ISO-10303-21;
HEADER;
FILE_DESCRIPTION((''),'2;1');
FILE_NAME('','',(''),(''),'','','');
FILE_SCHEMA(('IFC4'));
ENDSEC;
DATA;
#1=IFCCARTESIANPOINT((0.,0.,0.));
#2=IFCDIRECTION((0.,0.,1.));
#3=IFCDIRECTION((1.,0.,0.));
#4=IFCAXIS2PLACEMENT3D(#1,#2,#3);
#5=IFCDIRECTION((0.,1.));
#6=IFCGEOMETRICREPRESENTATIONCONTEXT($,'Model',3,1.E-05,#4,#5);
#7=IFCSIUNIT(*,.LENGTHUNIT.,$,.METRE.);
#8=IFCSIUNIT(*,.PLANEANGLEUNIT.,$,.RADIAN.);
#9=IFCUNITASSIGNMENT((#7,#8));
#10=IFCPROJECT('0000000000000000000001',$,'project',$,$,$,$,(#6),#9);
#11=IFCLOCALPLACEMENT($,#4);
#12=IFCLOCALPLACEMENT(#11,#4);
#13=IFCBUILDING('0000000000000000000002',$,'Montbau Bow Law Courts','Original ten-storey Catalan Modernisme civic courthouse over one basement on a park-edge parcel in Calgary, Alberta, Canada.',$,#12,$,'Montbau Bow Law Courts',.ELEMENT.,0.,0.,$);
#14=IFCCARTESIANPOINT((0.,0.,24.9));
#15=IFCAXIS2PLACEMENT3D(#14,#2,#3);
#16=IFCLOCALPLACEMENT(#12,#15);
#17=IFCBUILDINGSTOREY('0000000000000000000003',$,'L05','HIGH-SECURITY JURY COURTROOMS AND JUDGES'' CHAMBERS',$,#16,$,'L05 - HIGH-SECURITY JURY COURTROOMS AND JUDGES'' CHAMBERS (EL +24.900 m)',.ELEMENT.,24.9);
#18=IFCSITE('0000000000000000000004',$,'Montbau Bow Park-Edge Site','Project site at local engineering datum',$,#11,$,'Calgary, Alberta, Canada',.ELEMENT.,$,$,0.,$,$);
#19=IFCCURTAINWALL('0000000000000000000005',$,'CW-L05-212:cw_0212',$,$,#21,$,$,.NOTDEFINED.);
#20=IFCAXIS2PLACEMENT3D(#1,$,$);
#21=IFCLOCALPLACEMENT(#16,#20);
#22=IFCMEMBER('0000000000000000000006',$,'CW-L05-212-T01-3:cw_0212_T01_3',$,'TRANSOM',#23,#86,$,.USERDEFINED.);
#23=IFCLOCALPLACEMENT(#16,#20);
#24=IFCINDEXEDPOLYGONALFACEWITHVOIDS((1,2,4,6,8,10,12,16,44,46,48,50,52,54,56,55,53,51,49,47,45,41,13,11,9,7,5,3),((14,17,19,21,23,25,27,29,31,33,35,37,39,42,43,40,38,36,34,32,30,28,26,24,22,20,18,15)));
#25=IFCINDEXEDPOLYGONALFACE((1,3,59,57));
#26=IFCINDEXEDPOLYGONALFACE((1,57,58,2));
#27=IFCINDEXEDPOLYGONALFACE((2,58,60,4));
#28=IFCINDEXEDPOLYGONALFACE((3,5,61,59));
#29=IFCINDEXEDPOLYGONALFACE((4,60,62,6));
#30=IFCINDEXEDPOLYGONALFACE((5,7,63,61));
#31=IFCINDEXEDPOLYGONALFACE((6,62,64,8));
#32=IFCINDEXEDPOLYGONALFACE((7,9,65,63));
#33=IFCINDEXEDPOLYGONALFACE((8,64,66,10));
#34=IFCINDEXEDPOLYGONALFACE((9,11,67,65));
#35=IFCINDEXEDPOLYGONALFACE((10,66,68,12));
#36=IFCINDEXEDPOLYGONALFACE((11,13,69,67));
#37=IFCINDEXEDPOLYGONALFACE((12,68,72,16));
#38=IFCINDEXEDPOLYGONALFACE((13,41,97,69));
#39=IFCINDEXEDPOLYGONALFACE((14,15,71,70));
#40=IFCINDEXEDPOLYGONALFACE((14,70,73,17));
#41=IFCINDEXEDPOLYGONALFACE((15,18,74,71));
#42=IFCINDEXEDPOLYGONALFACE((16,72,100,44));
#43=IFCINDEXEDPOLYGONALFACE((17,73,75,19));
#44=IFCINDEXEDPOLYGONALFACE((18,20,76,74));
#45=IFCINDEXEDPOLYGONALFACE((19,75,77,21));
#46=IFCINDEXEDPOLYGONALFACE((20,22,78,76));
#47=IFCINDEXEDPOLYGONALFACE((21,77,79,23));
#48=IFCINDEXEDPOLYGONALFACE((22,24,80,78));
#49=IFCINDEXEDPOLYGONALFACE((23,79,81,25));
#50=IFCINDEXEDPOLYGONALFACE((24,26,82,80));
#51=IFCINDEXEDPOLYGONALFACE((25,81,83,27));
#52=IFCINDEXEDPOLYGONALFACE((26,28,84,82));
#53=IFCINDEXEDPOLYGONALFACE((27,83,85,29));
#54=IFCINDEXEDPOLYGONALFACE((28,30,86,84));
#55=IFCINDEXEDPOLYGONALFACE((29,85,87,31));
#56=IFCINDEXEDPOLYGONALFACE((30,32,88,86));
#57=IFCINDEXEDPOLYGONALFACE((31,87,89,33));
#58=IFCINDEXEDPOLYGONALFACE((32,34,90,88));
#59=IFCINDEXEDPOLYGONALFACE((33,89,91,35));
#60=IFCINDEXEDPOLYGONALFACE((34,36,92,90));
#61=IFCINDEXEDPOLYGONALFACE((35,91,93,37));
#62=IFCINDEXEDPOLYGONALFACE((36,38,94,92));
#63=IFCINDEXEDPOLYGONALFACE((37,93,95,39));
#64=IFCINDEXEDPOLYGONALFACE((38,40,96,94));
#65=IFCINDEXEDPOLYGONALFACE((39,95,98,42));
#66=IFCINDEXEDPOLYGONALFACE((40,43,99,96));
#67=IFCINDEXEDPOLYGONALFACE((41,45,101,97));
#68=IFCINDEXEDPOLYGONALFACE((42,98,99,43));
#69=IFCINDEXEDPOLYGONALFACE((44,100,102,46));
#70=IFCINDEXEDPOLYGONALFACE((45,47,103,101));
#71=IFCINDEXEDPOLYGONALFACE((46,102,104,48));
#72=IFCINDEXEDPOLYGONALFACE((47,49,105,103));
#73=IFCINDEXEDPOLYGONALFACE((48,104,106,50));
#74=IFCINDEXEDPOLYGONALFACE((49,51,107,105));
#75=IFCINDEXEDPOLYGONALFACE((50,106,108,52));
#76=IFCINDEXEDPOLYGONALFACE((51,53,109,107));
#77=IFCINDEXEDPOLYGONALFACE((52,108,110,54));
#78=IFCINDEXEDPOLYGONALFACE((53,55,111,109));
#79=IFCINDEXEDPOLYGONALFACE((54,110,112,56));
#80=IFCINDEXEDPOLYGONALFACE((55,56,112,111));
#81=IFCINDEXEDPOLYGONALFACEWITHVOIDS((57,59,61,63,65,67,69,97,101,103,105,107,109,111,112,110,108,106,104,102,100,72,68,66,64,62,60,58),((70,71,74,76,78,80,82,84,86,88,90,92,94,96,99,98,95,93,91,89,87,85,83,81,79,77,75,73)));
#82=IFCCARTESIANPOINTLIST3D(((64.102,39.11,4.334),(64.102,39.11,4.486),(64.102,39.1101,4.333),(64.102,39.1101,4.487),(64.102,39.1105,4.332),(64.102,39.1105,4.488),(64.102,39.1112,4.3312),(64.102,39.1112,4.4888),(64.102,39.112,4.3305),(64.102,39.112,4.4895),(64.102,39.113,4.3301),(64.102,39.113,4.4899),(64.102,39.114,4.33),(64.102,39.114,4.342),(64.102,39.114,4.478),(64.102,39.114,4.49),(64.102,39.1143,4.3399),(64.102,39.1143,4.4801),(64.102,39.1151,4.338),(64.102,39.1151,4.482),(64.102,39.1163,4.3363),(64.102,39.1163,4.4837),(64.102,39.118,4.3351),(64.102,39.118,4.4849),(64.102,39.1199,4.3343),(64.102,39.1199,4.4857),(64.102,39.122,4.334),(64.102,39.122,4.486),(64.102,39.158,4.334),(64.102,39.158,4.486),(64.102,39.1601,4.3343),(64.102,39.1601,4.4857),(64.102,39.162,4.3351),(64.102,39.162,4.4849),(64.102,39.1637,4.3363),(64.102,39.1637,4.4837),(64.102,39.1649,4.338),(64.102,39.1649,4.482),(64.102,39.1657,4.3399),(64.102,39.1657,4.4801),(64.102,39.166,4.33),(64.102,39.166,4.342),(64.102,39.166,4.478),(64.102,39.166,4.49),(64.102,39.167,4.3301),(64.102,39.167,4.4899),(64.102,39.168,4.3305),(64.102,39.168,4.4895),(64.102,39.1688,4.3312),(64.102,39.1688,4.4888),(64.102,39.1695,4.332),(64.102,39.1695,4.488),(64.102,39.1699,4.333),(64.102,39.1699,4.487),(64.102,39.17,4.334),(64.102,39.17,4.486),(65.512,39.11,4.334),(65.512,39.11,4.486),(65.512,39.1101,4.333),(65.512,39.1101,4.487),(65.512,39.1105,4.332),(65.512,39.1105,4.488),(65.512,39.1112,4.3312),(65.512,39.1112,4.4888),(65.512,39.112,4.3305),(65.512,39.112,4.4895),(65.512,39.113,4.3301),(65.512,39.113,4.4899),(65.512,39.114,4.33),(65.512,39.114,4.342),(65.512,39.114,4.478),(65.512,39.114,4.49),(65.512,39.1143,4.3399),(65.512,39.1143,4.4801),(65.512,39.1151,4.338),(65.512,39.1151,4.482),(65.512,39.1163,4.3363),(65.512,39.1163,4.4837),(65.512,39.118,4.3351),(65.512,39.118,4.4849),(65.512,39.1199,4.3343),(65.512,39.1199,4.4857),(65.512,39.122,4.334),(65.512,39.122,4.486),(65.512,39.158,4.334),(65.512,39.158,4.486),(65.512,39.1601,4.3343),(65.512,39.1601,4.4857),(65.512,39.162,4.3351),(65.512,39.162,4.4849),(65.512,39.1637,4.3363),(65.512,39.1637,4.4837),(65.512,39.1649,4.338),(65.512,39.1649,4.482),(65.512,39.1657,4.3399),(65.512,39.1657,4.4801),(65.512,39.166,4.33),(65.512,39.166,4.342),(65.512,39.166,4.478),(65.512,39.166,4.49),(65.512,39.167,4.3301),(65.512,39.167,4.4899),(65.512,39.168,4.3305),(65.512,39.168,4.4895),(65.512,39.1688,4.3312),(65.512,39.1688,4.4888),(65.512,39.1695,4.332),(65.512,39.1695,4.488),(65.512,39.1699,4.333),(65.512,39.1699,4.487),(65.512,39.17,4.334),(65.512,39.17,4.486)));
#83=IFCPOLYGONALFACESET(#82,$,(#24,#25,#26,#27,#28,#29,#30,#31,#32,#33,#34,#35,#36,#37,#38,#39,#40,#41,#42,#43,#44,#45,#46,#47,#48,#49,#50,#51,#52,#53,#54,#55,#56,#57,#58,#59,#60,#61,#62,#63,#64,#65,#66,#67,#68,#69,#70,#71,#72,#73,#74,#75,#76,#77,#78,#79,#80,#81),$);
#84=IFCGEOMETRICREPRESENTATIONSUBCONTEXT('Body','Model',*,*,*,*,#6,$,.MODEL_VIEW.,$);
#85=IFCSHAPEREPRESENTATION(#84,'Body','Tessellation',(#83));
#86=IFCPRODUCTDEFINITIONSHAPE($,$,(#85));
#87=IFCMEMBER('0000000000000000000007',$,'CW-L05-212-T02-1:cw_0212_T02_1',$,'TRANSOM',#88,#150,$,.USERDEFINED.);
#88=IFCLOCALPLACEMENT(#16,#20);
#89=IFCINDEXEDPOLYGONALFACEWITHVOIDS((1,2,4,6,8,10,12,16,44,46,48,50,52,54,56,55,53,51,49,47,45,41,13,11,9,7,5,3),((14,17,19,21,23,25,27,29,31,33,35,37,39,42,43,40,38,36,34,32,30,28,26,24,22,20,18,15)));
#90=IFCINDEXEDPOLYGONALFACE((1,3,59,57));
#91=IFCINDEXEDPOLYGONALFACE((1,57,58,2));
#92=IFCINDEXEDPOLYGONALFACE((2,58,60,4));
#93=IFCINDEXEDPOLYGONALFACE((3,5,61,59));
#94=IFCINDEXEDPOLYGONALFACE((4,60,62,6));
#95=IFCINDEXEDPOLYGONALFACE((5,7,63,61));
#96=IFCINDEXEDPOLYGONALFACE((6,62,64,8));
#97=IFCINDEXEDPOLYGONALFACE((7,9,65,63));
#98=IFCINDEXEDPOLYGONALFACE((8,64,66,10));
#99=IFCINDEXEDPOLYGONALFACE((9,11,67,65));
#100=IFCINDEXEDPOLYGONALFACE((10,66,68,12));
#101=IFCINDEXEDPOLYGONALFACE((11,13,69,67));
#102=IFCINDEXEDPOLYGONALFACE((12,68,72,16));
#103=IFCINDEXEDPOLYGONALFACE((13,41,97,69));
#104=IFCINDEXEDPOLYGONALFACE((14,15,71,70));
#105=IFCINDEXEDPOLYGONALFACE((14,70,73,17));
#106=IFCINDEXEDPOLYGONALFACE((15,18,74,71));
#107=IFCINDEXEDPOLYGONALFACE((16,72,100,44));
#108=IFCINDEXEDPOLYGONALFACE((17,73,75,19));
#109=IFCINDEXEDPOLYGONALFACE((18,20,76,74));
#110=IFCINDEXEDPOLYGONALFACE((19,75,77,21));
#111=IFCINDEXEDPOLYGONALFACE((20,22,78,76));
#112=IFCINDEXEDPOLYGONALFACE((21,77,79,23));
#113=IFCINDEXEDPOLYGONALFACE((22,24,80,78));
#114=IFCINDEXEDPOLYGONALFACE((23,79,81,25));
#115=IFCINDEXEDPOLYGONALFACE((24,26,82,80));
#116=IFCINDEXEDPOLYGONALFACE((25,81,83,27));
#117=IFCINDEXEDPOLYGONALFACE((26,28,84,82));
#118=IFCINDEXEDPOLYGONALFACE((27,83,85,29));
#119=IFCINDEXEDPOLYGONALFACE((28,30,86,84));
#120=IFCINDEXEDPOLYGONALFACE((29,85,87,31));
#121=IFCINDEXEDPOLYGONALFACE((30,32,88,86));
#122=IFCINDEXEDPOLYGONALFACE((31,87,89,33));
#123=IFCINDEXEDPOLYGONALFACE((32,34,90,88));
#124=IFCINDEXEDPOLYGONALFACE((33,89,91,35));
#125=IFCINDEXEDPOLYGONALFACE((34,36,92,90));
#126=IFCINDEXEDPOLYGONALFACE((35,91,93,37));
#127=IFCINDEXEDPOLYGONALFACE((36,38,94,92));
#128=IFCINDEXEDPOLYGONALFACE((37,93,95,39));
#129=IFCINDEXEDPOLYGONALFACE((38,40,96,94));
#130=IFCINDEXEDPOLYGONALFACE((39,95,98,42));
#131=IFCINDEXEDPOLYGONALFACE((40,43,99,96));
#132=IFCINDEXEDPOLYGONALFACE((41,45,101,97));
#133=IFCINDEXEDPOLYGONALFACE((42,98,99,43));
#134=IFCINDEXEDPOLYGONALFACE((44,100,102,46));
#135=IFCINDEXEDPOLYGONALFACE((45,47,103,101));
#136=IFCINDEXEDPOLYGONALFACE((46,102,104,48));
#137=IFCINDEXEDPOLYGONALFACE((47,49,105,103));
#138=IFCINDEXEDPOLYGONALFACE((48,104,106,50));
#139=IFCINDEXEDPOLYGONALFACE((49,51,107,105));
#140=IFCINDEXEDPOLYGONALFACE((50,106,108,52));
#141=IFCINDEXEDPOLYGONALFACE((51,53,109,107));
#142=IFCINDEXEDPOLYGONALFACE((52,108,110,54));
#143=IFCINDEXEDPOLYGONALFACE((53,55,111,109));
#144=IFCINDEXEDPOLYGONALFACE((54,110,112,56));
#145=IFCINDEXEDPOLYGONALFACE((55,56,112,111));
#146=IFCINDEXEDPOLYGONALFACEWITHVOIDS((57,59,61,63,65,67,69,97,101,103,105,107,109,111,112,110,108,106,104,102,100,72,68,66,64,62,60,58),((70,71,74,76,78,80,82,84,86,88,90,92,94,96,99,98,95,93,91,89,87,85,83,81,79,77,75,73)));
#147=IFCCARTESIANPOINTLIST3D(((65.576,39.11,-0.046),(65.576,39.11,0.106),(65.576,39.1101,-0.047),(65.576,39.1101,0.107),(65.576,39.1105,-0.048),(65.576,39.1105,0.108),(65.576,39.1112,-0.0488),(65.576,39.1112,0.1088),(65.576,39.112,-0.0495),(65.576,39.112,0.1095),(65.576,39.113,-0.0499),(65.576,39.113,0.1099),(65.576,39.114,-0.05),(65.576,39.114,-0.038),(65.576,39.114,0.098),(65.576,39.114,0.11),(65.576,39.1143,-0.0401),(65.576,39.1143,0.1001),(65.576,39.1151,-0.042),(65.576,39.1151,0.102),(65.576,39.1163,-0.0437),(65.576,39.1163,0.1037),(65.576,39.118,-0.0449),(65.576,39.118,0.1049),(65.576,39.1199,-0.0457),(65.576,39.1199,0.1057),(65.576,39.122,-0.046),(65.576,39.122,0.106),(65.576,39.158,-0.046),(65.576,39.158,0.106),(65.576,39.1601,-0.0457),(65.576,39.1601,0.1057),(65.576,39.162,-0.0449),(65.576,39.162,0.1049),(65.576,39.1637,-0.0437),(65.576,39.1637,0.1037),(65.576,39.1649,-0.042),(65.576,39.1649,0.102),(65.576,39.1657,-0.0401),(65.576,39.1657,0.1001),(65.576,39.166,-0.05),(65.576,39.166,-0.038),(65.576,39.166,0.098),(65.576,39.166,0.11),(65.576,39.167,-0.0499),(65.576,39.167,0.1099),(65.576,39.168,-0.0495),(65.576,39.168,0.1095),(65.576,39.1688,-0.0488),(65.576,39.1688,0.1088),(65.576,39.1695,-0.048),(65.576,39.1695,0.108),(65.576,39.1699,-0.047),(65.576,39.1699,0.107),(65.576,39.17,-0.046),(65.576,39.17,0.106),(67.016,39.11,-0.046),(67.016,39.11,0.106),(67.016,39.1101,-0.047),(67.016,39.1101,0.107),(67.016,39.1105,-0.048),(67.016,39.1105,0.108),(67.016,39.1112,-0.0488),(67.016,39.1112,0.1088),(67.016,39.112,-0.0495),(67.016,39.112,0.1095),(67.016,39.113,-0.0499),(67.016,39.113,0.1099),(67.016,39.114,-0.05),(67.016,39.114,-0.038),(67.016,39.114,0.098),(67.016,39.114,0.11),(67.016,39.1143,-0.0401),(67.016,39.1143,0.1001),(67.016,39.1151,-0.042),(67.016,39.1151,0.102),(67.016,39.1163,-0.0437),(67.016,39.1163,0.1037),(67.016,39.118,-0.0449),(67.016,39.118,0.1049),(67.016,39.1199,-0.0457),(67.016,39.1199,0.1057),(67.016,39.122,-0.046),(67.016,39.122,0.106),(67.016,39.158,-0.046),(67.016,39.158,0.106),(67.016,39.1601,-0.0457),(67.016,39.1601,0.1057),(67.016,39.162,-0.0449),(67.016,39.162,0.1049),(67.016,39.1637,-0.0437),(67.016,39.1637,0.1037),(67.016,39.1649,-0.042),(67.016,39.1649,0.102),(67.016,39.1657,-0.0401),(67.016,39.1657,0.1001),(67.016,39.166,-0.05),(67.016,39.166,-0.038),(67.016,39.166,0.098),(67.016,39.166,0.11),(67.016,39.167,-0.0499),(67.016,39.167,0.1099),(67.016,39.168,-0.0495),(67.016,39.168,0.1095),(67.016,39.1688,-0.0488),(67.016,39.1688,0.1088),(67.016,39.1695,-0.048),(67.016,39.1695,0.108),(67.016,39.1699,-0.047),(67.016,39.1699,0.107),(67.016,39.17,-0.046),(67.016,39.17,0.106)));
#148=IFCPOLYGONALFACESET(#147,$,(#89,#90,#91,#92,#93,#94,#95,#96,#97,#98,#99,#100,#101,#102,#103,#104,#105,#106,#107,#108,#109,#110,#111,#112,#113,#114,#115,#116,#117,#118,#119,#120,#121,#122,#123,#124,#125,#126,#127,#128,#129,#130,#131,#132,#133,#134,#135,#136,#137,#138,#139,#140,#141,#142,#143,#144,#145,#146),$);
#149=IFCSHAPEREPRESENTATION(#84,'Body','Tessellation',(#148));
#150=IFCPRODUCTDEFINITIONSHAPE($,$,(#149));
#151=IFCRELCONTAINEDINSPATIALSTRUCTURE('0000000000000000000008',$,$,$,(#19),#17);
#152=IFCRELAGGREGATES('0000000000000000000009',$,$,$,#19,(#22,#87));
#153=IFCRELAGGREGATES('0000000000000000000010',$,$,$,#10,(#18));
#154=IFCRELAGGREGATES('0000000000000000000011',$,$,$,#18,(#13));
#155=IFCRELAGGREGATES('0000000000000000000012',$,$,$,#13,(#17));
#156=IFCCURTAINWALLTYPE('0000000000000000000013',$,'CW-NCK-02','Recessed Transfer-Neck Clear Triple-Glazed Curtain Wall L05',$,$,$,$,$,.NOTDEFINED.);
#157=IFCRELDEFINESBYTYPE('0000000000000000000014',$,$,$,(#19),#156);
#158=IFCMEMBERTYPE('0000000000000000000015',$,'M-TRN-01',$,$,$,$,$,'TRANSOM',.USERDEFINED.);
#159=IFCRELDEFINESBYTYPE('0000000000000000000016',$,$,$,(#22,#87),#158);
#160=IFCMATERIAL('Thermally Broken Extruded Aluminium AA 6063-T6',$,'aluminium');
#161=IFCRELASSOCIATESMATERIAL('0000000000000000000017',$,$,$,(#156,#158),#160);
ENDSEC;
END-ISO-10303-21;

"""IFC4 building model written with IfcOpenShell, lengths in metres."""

from ifc_helpers import new_model, si_unit, direction, frame, origin_with_axes, origin_2d_with_axis, place, context, subcontext, project, spatial, hollow_rectangle, extrude, material, material_profile, profile_set, type_object, element, aggregate, save


model = new_model("IFC4")

# Units and contexts
model_context = context("Model", 3, precision=1e-05, world=origin_with_axes(), true_north=direction((0.0, 1.0)))
body_context = subcontext(model_context, "Body", "Model", "MODEL_VIEW")
ifc_project = project(units=[si_unit("LENGTHUNIT", "METRE"), si_unit("PLANEANGLEUNIT", "RADIAN")], contexts=[model_context])

# Site, building, storey
site_placement = place(None, origin_with_axes())
site = spatial("IfcSite", under=ifc_project, at=site_placement, Name="Montbau Bow Park-Edge Site", Description="Project site at local engineering datum", LongName="Calgary, Alberta, Canada", CompositionType="ELEMENT", RefElevation=0.0)
building_placement = place(site_placement, origin_with_axes())
building = spatial("IfcBuilding", under=site, at=building_placement, Name="Montbau Bow Law Courts", Description="Original ten-storey Catalan Modernisme civic courthouse over one basement on a park-edge parcel in Calgary, Alberta, Canada.", LongName="Montbau Bow Law Courts", CompositionType="ELEMENT", ElevationOfRefHeight=0.0, ElevationOfTerrain=0.0)
storey_placement = place(building_placement, frame((0.0, 0.0, 24.9), z_axis=(0.0, 0.0, 1.0), x_axis=(1.0, 0.0, 0.0)))
storey = spatial("IfcBuildingStorey", under=building, at=storey_placement, Name="L05", Description="HIGH-SECURITY JURY COURTROOMS AND JUDGES' CHAMBERS", LongName="L05 - HIGH-SECURITY JURY COURTROOMS AND JUDGES' CHAMBERS (EL +24.900 m)", CompositionType="ELEMENT", Elevation=24.9)

# Shared definitions
ifc_material_1 = material(Name="Thermally Broken Extruded Aluminium AA 6063-T6", Category="aluminium")
curtain_wall_type = type_object("IfcCurtainWallType", Name="CW-NCK-02", Description="Recessed Transfer-Neck Clear Triple-Glazed Curtain Wall L05", PredefinedType="NOTDEFINED", material=ifc_material_1)

# Curtain wall, members
curtain_wall_1_placement = place(None, frame((64.04, 39.14, 24.9), z_axis=(0.0, 0.0, 1.0), x_axis=(1.0, 0.0, 0.0)))
curtain_wall_1 = element("IfcCurtainWall", 1, at=curtain_wall_1_placement, inside=storey, type_object=curtain_wall_type, Name="CW-L05-212:cw_0212", PredefinedType="NOTDEFINED")
ifc_material_profile_1 = material_profile(ifc_material_1, hollow_rectangle(XDim=0.06, YDim=0.16, WallThickness=0.004, InnerFilletRadius=0.008, OuterFilletRadius=0.004, at=origin_2d_with_axis()), Name="CWT-160X60", Category="Main", Priority=0)
ifc_profile_set_1 = profile_set([ifc_material_profile_1], Name="Thermally Broken Extruded Aluminium AA 6063-T6")
member_type_1 = type_object("IfcMemberType", Name="M-TRN-01", ElementType="TRANSOM", PredefinedType="USERDEFINED", material=ifc_profile_set_1)
member_1_placement = place(None, frame((64.102, 39.14, 29.31), z_axis=(1.0, 0.0, 0.0), x_axis=(0.0, 1.0, 0.0)))
member_1 = element("IfcMember", 2, at=member_1_placement, type_object=member_type_1, Name="CW-L05-212-T01-3:cw_0212_T01_3", ObjectType="TRANSOM", PredefinedType="USERDEFINED", context=body_context, shape_type="SweptSolid", body=[
    extrude(hollow_rectangle(XDim=0.06, YDim=0.16, WallThickness=0.004, InnerFilletRadius=0.008, OuterFilletRadius=0.004, at=origin_2d_with_axis()), origin_with_axes(), (0.0, 0.0, 1.0), 1.41),
])
member_2_placement = place(None, frame((65.576, 39.14, 24.93), z_axis=(1.0, 0.0, 0.0), x_axis=(0.0, 1.0, 0.0)))
member_2 = element("IfcMember", 3, at=member_2_placement, type_object=member_type_1, Name="CW-L05-212-T02-1:cw_0212_T02_1", ObjectType="TRANSOM", PredefinedType="USERDEFINED", context=body_context, shape_type="SweptSolid", body=[
    extrude(hollow_rectangle(XDim=0.06, YDim=0.16, WallThickness=0.004, InnerFilletRadius=0.008, OuterFilletRadius=0.004, at=origin_2d_with_axis()), origin_with_axes(), (0.0, 0.0, 1.0), 1.44),
])
aggregate(curtain_wall_1, [member_1, member_2])

save(model, "model.ifc")
